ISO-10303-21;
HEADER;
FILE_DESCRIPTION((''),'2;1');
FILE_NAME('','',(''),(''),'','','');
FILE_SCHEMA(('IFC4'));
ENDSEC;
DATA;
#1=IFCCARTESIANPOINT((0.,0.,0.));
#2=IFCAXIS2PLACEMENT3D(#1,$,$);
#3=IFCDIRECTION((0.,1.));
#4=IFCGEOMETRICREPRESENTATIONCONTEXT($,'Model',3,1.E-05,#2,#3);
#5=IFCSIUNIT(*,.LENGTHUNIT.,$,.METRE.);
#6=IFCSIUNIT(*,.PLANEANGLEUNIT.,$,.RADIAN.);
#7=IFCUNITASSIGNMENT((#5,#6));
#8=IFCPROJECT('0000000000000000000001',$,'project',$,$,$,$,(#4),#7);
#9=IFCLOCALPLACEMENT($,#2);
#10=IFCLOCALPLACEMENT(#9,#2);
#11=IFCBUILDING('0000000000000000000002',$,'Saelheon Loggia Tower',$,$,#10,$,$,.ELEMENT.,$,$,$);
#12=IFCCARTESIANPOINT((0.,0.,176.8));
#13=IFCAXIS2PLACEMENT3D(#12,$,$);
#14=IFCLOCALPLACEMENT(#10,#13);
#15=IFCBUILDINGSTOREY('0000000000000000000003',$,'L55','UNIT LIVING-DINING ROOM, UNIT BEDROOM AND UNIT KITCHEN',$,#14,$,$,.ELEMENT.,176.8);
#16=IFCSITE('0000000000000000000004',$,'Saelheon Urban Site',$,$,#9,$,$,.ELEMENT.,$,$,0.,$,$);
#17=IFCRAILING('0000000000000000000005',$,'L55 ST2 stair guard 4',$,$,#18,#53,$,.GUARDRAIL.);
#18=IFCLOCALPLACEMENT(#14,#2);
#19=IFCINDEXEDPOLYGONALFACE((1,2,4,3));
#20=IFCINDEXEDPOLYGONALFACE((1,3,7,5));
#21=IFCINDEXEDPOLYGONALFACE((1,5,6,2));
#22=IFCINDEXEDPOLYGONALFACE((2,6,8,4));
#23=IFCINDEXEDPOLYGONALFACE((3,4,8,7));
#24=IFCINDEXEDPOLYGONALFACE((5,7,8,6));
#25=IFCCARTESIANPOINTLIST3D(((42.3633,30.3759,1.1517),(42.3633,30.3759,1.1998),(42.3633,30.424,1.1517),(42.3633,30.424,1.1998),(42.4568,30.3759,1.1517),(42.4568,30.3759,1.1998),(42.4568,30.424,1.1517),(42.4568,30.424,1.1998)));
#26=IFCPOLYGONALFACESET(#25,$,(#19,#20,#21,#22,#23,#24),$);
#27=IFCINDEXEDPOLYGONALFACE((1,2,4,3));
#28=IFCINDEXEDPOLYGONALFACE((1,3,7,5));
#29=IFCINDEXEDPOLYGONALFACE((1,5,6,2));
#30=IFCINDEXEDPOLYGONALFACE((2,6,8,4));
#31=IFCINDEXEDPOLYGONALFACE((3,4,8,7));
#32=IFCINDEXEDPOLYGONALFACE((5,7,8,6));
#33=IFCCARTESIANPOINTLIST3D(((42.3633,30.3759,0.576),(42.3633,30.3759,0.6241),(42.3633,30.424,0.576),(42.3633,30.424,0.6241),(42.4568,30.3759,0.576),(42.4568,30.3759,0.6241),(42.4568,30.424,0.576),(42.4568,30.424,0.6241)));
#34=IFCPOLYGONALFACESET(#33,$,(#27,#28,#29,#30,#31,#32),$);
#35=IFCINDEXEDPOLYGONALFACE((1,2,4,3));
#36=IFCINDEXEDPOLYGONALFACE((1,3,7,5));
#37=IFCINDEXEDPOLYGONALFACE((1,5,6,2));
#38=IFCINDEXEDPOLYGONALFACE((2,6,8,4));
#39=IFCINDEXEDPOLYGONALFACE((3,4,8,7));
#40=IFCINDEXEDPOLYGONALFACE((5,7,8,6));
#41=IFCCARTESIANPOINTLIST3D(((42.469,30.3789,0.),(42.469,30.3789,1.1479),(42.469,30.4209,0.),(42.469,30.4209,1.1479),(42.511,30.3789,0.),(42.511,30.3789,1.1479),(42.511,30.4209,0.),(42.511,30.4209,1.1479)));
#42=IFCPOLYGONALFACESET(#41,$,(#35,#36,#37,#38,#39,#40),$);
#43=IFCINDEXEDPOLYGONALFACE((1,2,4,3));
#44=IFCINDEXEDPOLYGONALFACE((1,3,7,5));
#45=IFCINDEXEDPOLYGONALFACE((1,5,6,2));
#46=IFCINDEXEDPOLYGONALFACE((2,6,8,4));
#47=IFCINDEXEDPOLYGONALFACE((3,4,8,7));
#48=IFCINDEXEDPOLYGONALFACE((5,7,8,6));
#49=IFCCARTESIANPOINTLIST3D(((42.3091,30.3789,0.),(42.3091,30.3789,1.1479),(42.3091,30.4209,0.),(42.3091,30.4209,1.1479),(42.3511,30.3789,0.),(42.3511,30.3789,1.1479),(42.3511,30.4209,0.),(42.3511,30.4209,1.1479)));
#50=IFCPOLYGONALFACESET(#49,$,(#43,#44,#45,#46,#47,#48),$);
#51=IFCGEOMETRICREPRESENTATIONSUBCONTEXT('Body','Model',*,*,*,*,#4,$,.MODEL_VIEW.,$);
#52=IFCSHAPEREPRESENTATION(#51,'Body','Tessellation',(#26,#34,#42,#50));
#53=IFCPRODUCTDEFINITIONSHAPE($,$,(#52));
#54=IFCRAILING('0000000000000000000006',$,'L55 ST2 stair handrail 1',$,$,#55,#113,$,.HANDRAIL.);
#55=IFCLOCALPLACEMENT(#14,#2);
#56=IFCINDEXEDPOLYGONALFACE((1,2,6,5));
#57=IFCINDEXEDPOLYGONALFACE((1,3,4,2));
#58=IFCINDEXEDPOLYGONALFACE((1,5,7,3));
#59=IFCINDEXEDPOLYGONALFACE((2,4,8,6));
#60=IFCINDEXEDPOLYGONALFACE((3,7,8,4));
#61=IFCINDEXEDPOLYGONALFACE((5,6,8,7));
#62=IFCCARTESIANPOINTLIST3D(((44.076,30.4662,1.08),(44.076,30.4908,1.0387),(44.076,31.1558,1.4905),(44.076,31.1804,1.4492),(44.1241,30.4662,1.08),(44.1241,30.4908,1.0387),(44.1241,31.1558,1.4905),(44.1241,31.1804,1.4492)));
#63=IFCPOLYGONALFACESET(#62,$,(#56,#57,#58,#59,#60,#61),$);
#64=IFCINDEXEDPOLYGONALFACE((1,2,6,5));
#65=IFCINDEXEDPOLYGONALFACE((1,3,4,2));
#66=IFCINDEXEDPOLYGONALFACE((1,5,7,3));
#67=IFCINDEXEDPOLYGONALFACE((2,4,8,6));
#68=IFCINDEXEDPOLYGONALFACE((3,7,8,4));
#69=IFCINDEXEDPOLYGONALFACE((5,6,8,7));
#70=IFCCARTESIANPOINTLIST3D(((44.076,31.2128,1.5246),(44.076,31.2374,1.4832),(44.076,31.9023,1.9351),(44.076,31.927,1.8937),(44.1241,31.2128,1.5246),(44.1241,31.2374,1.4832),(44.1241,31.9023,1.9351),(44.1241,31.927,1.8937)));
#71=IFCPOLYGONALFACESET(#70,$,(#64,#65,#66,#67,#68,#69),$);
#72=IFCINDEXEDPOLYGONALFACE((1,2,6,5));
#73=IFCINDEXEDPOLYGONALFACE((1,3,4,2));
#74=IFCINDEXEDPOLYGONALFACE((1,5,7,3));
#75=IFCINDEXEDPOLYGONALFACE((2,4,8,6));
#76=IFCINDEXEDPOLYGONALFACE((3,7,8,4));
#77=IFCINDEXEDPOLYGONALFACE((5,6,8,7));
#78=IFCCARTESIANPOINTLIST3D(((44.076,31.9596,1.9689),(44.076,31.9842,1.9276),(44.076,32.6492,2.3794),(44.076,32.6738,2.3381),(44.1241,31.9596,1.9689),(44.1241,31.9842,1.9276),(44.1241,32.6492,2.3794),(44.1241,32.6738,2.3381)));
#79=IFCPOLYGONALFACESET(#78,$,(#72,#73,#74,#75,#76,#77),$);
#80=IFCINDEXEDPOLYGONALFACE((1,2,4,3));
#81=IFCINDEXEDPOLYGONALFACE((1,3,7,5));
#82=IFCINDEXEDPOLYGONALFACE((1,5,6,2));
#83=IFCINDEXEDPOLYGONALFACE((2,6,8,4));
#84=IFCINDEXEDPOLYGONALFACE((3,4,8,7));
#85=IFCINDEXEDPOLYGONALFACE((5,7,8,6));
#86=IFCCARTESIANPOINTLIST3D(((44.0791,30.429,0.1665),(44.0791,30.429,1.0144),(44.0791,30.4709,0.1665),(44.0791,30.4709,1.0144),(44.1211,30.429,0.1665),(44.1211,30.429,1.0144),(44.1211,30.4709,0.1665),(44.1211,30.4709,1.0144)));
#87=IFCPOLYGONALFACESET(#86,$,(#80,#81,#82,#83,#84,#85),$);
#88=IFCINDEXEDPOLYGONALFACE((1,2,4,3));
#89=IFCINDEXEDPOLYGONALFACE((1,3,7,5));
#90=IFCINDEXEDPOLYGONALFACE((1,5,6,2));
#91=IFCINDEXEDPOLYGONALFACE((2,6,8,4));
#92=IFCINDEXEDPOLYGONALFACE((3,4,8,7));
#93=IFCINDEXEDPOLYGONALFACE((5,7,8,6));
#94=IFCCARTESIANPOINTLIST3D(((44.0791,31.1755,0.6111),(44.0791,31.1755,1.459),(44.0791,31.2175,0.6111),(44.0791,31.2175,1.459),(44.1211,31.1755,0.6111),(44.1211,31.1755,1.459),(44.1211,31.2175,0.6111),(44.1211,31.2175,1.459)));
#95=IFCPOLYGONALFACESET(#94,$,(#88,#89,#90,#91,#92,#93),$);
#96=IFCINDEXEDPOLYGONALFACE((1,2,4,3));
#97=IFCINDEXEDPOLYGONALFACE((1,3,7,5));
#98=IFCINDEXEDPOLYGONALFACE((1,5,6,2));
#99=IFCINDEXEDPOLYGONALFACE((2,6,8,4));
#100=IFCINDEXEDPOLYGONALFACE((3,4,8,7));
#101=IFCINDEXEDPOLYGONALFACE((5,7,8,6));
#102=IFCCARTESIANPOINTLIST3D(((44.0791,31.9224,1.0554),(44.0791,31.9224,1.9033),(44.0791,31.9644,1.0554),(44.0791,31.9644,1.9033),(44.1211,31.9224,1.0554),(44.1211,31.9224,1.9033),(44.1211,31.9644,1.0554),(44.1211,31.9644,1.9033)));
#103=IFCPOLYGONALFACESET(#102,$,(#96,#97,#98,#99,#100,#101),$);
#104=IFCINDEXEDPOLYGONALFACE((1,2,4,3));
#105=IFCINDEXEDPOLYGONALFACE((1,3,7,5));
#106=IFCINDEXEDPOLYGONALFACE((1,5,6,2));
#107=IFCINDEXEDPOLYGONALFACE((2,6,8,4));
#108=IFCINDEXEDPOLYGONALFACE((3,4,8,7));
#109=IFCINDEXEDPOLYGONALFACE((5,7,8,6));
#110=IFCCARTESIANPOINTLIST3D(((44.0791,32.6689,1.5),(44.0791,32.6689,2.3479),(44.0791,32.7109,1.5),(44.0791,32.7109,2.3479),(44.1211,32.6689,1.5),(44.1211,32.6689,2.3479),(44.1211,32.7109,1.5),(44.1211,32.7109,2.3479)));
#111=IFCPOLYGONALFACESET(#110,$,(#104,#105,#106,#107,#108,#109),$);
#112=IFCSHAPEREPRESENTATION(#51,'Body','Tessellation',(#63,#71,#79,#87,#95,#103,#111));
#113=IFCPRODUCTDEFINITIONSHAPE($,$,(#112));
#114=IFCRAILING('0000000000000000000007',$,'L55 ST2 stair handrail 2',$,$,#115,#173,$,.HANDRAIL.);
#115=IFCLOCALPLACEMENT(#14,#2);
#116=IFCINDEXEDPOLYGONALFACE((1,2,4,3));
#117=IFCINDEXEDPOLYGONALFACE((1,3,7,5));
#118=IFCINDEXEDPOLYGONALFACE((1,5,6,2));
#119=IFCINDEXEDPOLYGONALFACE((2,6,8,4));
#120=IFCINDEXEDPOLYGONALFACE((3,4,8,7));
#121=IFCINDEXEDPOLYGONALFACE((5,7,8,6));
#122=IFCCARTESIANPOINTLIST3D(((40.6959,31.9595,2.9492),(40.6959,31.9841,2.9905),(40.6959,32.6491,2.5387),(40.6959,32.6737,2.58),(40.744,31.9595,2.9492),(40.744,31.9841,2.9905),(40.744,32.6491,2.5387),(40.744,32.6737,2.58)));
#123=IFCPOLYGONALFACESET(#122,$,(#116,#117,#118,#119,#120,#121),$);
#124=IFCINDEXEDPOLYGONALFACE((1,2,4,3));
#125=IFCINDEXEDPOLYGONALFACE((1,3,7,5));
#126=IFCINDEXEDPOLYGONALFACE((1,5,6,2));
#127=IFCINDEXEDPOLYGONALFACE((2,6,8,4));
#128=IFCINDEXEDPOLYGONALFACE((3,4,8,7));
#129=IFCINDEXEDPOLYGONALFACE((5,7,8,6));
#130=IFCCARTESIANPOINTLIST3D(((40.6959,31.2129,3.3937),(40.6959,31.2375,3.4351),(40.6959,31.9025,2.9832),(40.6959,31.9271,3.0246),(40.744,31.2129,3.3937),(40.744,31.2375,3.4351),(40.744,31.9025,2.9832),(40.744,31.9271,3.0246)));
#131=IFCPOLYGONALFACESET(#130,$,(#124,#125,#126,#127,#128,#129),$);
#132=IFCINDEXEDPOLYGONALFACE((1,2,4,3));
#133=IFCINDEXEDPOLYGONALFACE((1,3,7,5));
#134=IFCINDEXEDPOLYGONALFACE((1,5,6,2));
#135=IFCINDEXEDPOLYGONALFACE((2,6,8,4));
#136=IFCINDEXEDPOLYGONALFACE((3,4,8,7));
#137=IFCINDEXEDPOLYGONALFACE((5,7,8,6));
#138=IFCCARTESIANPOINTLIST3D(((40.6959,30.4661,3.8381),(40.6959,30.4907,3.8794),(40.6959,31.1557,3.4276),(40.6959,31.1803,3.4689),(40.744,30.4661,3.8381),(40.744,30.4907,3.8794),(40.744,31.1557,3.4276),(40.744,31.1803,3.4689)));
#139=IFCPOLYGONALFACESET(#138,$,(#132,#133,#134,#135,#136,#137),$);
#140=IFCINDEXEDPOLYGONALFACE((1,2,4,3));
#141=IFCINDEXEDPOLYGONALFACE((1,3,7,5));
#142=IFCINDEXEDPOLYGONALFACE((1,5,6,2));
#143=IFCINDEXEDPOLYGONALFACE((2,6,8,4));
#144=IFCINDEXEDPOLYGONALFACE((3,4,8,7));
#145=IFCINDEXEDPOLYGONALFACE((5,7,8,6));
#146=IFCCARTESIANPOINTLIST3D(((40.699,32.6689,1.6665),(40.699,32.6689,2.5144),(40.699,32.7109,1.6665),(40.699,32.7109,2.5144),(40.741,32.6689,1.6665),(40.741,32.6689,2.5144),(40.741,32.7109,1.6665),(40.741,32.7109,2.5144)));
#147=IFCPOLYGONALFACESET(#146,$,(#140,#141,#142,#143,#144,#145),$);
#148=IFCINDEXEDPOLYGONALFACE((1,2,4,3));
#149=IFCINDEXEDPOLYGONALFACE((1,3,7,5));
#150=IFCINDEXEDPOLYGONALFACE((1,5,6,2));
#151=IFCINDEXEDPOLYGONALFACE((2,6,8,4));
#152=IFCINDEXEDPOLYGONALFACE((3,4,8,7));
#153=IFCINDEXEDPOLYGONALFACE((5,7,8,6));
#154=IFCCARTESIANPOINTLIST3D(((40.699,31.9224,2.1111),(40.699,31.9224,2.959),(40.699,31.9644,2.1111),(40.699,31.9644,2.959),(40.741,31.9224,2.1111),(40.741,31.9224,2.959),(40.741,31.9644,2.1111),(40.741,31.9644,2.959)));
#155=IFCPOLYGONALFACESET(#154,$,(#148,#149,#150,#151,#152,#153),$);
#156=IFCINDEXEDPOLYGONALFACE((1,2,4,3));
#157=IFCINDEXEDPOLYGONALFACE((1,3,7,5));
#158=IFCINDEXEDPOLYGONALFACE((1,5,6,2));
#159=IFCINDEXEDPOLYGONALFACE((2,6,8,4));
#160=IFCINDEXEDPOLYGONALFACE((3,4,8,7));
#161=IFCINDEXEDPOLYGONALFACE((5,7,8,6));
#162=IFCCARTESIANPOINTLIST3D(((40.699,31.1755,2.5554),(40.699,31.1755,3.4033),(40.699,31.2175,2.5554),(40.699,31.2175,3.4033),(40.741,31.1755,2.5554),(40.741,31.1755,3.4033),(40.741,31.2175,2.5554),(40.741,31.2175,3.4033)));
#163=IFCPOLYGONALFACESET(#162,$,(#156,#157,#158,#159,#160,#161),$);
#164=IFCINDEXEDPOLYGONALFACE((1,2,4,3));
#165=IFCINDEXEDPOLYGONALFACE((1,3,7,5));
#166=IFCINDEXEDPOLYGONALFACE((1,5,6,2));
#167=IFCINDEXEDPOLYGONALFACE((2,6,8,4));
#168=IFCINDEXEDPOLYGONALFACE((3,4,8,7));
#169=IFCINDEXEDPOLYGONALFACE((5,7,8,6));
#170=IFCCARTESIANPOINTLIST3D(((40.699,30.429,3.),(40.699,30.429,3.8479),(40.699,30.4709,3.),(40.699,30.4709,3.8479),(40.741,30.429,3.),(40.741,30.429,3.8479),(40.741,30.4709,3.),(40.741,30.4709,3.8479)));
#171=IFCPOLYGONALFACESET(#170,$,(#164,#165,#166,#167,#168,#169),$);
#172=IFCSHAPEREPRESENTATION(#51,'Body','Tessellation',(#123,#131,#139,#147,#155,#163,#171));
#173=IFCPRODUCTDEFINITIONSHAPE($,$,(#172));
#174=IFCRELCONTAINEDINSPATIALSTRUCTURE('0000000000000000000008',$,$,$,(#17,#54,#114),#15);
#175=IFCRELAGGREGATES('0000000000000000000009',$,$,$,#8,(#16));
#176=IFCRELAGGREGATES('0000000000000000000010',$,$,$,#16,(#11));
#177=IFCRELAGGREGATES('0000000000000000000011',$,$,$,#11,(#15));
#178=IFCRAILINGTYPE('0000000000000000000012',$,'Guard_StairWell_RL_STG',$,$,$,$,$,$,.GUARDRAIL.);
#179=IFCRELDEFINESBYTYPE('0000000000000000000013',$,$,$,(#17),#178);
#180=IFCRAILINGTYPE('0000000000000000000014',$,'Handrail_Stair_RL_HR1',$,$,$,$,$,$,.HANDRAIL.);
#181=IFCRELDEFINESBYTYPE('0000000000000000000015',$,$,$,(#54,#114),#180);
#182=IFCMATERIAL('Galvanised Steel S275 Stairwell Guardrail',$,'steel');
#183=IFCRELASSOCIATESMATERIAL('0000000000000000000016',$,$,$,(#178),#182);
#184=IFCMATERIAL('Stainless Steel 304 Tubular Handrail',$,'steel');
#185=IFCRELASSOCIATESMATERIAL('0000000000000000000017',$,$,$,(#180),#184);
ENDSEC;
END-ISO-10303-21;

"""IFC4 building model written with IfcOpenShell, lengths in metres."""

from ifc_helpers import new_model, si_unit, direction, frame, origin, origin_2d, place, context, subcontext, project, spatial, rectangle, extrude, material, type_object, element, save


model = new_model("IFC4")

# Units and contexts
model_context = context("Model", 3, precision=1e-05, world=origin(), true_north=direction((0.0, 1.0)))
body_context = subcontext(model_context, "Body", "Model", "MODEL_VIEW")
ifc_project = project(units=[si_unit("LENGTHUNIT", "METRE"), si_unit("PLANEANGLEUNIT", "RADIAN")], contexts=[model_context])

# Site, building, storey
site_placement = place(None, origin())
site = spatial("IfcSite", under=ifc_project, at=site_placement, Name="Saelheon Urban Site", CompositionType="ELEMENT", RefElevation=0.0)
building_placement = place(site_placement, origin())
building = spatial("IfcBuilding", under=site, at=building_placement, Name="Saelheon Loggia Tower", CompositionType="ELEMENT")
storey_placement = place(building_placement, frame((0.0, 0.0, 176.8)))
storey = spatial("IfcBuildingStorey", under=building, at=storey_placement, Name="L55", Description="UNIT LIVING-DINING ROOM, UNIT BEDROOM AND UNIT KITCHEN", CompositionType="ELEMENT", Elevation=176.8)

# Railings
ifc_material_1 = material(Name="Galvanised Steel S275 Stairwell Guardrail", Category="steel")
railing_type_1 = type_object("IfcRailingType", Name="Guard_StairWell_RL_STG", PredefinedType="GUARDRAIL", material=ifc_material_1)
railing_1_placement = place(storey_placement, frame((42.49, 30.3999, 0.0)))
element("IfcRailing", 1, at=railing_1_placement, inside=storey, type_object=railing_type_1, Name="L55 ST2 stair guard 4", PredefinedType="GUARDRAIL", context=body_context, shape_type="SweptSolid", body=[
    extrude(rectangle(XDim=0.0481, YDim=0.0481, at=origin_2d()), frame((-0.0332, 0.0, 1.1758), z_axis=(-1.0, 0.0, 0.0), x_axis=(0.0, -1.0, 0.0)), (0.0, 0.0, 1.0), 0.0935),
    extrude(rectangle(XDim=0.0481, YDim=0.0481, at=origin_2d()), frame((-0.0332, 0.0, 0.6001), z_axis=(-1.0, 0.0, 0.0), x_axis=(0.0, -1.0, 0.0)), (0.0, 0.0, 1.0), 0.0935),
    extrude(rectangle(XDim=0.042, YDim=0.042, at=origin_2d()), origin(), (0.0, 0.0, 1.0), 1.1479),
    extrude(rectangle(XDim=0.042, YDim=0.042, at=origin_2d()), frame((-0.1599, 0.0, 0.0)), (0.0, 0.0, 1.0), 1.1479),
])
ifc_material_2 = material(Name="Stainless Steel 304 Tubular Handrail", Category="steel")
railing_type_2 = type_object("IfcRailingType", Name="Handrail_Stair_RL_HR1", PredefinedType="HANDRAIL", material=ifc_material_2)
railing_2_placement = place(storey_placement, frame((44.1001, 30.45, 0.1665)))
element("IfcRailing", 2, at=railing_2_placement, inside=storey, type_object=railing_type_2, Name="L55 ST2 stair handrail 1", PredefinedType="HANDRAIL", context=body_context, shape_type="SweptSolid", body=[
    extrude(rectangle(XDim=0.0481, YDim=0.0481, at=origin_2d()), frame((0.0, 0.0286, 0.8928), z_axis=(0.0, 0.859264, 0.511532), x_axis=(-1.0, 0.0, 0.0)), (0.0, 0.0, 1.0), 0.8025),
    extrude(rectangle(XDim=0.0481, YDim=0.0481, at=origin_2d()), frame((0.0, 0.7751, 1.3374), z_axis=(0.0, 0.859264, 0.511532), x_axis=(-1.0, 0.0, 0.0)), (0.0, 0.0, 1.0), 0.8025),
    extrude(rectangle(XDim=0.0481, YDim=0.0481, at=origin_2d()), frame((0.0, 1.522, 1.7817), z_axis=(0.0, 0.859264, 0.511532), x_axis=(-1.0, 0.0, 0.0)), (0.0, 0.0, 1.0), 0.8025),
    extrude(rectangle(XDim=0.042, YDim=0.042, at=origin_2d()), origin(), (0.0, 0.0, 1.0), 0.8479),
    extrude(rectangle(XDim=0.042, YDim=0.042, at=origin_2d()), frame((0.0, 0.7466, 0.4446)), (0.0, 0.0, 1.0), 0.8479),
    extrude(rectangle(XDim=0.042, YDim=0.042, at=origin_2d()), frame((0.0, 1.4934, 0.8889)), (0.0, 0.0, 1.0), 0.8479),
    extrude(rectangle(XDim=0.042, YDim=0.042, at=origin_2d()), frame((0.0, 2.24, 1.3335)), (0.0, 0.0, 1.0), 0.8479),
])
railing_3_placement = place(storey_placement, frame((40.72, 32.6899, 1.6665)))
element("IfcRailing", 3, at=railing_3_placement, inside=storey, type_object=railing_type_2, Name="L55 ST2 stair handrail 2", PredefinedType="HANDRAIL", context=body_context, shape_type="SweptSolid", body=[
    extrude(rectangle(XDim=0.0481, YDim=0.0481, at=origin_2d()), frame((0.0, -0.0286, 0.8928), z_axis=(0.0, -0.859264, 0.511532), x_axis=(1.0, 0.0, 0.0)), (0.0, 0.0, 1.0), 0.8025),
    extrude(rectangle(XDim=0.0481, YDim=0.0481, at=origin_2d()), frame((0.0, -0.7751, 1.3374), z_axis=(0.0, -0.859264, 0.511532), x_axis=(1.0, 0.0, 0.0)), (0.0, 0.0, 1.0), 0.8025),
    extrude(rectangle(XDim=0.0481, YDim=0.0481, at=origin_2d()), frame((0.0, -1.522, 1.7817), z_axis=(0.0, -0.859264, 0.511532), x_axis=(1.0, 0.0, 0.0)), (0.0, 0.0, 1.0), 0.8025),
    extrude(rectangle(XDim=0.042, YDim=0.042, at=origin_2d()), origin(), (0.0, 0.0, 1.0), 0.8479),
    extrude(rectangle(XDim=0.042, YDim=0.042, at=origin_2d()), frame((0.0, -0.7466, 0.4446)), (0.0, 0.0, 1.0), 0.8479),
    extrude(rectangle(XDim=0.042, YDim=0.042, at=origin_2d()), frame((0.0, -1.4934, 0.8889)), (0.0, 0.0, 1.0), 0.8479),
    extrude(rectangle(XDim=0.042, YDim=0.042, at=origin_2d()), frame((0.0, -2.24, 1.3335)), (0.0, 0.0, 1.0), 0.8479),
])

save(model, "model.ifc")
